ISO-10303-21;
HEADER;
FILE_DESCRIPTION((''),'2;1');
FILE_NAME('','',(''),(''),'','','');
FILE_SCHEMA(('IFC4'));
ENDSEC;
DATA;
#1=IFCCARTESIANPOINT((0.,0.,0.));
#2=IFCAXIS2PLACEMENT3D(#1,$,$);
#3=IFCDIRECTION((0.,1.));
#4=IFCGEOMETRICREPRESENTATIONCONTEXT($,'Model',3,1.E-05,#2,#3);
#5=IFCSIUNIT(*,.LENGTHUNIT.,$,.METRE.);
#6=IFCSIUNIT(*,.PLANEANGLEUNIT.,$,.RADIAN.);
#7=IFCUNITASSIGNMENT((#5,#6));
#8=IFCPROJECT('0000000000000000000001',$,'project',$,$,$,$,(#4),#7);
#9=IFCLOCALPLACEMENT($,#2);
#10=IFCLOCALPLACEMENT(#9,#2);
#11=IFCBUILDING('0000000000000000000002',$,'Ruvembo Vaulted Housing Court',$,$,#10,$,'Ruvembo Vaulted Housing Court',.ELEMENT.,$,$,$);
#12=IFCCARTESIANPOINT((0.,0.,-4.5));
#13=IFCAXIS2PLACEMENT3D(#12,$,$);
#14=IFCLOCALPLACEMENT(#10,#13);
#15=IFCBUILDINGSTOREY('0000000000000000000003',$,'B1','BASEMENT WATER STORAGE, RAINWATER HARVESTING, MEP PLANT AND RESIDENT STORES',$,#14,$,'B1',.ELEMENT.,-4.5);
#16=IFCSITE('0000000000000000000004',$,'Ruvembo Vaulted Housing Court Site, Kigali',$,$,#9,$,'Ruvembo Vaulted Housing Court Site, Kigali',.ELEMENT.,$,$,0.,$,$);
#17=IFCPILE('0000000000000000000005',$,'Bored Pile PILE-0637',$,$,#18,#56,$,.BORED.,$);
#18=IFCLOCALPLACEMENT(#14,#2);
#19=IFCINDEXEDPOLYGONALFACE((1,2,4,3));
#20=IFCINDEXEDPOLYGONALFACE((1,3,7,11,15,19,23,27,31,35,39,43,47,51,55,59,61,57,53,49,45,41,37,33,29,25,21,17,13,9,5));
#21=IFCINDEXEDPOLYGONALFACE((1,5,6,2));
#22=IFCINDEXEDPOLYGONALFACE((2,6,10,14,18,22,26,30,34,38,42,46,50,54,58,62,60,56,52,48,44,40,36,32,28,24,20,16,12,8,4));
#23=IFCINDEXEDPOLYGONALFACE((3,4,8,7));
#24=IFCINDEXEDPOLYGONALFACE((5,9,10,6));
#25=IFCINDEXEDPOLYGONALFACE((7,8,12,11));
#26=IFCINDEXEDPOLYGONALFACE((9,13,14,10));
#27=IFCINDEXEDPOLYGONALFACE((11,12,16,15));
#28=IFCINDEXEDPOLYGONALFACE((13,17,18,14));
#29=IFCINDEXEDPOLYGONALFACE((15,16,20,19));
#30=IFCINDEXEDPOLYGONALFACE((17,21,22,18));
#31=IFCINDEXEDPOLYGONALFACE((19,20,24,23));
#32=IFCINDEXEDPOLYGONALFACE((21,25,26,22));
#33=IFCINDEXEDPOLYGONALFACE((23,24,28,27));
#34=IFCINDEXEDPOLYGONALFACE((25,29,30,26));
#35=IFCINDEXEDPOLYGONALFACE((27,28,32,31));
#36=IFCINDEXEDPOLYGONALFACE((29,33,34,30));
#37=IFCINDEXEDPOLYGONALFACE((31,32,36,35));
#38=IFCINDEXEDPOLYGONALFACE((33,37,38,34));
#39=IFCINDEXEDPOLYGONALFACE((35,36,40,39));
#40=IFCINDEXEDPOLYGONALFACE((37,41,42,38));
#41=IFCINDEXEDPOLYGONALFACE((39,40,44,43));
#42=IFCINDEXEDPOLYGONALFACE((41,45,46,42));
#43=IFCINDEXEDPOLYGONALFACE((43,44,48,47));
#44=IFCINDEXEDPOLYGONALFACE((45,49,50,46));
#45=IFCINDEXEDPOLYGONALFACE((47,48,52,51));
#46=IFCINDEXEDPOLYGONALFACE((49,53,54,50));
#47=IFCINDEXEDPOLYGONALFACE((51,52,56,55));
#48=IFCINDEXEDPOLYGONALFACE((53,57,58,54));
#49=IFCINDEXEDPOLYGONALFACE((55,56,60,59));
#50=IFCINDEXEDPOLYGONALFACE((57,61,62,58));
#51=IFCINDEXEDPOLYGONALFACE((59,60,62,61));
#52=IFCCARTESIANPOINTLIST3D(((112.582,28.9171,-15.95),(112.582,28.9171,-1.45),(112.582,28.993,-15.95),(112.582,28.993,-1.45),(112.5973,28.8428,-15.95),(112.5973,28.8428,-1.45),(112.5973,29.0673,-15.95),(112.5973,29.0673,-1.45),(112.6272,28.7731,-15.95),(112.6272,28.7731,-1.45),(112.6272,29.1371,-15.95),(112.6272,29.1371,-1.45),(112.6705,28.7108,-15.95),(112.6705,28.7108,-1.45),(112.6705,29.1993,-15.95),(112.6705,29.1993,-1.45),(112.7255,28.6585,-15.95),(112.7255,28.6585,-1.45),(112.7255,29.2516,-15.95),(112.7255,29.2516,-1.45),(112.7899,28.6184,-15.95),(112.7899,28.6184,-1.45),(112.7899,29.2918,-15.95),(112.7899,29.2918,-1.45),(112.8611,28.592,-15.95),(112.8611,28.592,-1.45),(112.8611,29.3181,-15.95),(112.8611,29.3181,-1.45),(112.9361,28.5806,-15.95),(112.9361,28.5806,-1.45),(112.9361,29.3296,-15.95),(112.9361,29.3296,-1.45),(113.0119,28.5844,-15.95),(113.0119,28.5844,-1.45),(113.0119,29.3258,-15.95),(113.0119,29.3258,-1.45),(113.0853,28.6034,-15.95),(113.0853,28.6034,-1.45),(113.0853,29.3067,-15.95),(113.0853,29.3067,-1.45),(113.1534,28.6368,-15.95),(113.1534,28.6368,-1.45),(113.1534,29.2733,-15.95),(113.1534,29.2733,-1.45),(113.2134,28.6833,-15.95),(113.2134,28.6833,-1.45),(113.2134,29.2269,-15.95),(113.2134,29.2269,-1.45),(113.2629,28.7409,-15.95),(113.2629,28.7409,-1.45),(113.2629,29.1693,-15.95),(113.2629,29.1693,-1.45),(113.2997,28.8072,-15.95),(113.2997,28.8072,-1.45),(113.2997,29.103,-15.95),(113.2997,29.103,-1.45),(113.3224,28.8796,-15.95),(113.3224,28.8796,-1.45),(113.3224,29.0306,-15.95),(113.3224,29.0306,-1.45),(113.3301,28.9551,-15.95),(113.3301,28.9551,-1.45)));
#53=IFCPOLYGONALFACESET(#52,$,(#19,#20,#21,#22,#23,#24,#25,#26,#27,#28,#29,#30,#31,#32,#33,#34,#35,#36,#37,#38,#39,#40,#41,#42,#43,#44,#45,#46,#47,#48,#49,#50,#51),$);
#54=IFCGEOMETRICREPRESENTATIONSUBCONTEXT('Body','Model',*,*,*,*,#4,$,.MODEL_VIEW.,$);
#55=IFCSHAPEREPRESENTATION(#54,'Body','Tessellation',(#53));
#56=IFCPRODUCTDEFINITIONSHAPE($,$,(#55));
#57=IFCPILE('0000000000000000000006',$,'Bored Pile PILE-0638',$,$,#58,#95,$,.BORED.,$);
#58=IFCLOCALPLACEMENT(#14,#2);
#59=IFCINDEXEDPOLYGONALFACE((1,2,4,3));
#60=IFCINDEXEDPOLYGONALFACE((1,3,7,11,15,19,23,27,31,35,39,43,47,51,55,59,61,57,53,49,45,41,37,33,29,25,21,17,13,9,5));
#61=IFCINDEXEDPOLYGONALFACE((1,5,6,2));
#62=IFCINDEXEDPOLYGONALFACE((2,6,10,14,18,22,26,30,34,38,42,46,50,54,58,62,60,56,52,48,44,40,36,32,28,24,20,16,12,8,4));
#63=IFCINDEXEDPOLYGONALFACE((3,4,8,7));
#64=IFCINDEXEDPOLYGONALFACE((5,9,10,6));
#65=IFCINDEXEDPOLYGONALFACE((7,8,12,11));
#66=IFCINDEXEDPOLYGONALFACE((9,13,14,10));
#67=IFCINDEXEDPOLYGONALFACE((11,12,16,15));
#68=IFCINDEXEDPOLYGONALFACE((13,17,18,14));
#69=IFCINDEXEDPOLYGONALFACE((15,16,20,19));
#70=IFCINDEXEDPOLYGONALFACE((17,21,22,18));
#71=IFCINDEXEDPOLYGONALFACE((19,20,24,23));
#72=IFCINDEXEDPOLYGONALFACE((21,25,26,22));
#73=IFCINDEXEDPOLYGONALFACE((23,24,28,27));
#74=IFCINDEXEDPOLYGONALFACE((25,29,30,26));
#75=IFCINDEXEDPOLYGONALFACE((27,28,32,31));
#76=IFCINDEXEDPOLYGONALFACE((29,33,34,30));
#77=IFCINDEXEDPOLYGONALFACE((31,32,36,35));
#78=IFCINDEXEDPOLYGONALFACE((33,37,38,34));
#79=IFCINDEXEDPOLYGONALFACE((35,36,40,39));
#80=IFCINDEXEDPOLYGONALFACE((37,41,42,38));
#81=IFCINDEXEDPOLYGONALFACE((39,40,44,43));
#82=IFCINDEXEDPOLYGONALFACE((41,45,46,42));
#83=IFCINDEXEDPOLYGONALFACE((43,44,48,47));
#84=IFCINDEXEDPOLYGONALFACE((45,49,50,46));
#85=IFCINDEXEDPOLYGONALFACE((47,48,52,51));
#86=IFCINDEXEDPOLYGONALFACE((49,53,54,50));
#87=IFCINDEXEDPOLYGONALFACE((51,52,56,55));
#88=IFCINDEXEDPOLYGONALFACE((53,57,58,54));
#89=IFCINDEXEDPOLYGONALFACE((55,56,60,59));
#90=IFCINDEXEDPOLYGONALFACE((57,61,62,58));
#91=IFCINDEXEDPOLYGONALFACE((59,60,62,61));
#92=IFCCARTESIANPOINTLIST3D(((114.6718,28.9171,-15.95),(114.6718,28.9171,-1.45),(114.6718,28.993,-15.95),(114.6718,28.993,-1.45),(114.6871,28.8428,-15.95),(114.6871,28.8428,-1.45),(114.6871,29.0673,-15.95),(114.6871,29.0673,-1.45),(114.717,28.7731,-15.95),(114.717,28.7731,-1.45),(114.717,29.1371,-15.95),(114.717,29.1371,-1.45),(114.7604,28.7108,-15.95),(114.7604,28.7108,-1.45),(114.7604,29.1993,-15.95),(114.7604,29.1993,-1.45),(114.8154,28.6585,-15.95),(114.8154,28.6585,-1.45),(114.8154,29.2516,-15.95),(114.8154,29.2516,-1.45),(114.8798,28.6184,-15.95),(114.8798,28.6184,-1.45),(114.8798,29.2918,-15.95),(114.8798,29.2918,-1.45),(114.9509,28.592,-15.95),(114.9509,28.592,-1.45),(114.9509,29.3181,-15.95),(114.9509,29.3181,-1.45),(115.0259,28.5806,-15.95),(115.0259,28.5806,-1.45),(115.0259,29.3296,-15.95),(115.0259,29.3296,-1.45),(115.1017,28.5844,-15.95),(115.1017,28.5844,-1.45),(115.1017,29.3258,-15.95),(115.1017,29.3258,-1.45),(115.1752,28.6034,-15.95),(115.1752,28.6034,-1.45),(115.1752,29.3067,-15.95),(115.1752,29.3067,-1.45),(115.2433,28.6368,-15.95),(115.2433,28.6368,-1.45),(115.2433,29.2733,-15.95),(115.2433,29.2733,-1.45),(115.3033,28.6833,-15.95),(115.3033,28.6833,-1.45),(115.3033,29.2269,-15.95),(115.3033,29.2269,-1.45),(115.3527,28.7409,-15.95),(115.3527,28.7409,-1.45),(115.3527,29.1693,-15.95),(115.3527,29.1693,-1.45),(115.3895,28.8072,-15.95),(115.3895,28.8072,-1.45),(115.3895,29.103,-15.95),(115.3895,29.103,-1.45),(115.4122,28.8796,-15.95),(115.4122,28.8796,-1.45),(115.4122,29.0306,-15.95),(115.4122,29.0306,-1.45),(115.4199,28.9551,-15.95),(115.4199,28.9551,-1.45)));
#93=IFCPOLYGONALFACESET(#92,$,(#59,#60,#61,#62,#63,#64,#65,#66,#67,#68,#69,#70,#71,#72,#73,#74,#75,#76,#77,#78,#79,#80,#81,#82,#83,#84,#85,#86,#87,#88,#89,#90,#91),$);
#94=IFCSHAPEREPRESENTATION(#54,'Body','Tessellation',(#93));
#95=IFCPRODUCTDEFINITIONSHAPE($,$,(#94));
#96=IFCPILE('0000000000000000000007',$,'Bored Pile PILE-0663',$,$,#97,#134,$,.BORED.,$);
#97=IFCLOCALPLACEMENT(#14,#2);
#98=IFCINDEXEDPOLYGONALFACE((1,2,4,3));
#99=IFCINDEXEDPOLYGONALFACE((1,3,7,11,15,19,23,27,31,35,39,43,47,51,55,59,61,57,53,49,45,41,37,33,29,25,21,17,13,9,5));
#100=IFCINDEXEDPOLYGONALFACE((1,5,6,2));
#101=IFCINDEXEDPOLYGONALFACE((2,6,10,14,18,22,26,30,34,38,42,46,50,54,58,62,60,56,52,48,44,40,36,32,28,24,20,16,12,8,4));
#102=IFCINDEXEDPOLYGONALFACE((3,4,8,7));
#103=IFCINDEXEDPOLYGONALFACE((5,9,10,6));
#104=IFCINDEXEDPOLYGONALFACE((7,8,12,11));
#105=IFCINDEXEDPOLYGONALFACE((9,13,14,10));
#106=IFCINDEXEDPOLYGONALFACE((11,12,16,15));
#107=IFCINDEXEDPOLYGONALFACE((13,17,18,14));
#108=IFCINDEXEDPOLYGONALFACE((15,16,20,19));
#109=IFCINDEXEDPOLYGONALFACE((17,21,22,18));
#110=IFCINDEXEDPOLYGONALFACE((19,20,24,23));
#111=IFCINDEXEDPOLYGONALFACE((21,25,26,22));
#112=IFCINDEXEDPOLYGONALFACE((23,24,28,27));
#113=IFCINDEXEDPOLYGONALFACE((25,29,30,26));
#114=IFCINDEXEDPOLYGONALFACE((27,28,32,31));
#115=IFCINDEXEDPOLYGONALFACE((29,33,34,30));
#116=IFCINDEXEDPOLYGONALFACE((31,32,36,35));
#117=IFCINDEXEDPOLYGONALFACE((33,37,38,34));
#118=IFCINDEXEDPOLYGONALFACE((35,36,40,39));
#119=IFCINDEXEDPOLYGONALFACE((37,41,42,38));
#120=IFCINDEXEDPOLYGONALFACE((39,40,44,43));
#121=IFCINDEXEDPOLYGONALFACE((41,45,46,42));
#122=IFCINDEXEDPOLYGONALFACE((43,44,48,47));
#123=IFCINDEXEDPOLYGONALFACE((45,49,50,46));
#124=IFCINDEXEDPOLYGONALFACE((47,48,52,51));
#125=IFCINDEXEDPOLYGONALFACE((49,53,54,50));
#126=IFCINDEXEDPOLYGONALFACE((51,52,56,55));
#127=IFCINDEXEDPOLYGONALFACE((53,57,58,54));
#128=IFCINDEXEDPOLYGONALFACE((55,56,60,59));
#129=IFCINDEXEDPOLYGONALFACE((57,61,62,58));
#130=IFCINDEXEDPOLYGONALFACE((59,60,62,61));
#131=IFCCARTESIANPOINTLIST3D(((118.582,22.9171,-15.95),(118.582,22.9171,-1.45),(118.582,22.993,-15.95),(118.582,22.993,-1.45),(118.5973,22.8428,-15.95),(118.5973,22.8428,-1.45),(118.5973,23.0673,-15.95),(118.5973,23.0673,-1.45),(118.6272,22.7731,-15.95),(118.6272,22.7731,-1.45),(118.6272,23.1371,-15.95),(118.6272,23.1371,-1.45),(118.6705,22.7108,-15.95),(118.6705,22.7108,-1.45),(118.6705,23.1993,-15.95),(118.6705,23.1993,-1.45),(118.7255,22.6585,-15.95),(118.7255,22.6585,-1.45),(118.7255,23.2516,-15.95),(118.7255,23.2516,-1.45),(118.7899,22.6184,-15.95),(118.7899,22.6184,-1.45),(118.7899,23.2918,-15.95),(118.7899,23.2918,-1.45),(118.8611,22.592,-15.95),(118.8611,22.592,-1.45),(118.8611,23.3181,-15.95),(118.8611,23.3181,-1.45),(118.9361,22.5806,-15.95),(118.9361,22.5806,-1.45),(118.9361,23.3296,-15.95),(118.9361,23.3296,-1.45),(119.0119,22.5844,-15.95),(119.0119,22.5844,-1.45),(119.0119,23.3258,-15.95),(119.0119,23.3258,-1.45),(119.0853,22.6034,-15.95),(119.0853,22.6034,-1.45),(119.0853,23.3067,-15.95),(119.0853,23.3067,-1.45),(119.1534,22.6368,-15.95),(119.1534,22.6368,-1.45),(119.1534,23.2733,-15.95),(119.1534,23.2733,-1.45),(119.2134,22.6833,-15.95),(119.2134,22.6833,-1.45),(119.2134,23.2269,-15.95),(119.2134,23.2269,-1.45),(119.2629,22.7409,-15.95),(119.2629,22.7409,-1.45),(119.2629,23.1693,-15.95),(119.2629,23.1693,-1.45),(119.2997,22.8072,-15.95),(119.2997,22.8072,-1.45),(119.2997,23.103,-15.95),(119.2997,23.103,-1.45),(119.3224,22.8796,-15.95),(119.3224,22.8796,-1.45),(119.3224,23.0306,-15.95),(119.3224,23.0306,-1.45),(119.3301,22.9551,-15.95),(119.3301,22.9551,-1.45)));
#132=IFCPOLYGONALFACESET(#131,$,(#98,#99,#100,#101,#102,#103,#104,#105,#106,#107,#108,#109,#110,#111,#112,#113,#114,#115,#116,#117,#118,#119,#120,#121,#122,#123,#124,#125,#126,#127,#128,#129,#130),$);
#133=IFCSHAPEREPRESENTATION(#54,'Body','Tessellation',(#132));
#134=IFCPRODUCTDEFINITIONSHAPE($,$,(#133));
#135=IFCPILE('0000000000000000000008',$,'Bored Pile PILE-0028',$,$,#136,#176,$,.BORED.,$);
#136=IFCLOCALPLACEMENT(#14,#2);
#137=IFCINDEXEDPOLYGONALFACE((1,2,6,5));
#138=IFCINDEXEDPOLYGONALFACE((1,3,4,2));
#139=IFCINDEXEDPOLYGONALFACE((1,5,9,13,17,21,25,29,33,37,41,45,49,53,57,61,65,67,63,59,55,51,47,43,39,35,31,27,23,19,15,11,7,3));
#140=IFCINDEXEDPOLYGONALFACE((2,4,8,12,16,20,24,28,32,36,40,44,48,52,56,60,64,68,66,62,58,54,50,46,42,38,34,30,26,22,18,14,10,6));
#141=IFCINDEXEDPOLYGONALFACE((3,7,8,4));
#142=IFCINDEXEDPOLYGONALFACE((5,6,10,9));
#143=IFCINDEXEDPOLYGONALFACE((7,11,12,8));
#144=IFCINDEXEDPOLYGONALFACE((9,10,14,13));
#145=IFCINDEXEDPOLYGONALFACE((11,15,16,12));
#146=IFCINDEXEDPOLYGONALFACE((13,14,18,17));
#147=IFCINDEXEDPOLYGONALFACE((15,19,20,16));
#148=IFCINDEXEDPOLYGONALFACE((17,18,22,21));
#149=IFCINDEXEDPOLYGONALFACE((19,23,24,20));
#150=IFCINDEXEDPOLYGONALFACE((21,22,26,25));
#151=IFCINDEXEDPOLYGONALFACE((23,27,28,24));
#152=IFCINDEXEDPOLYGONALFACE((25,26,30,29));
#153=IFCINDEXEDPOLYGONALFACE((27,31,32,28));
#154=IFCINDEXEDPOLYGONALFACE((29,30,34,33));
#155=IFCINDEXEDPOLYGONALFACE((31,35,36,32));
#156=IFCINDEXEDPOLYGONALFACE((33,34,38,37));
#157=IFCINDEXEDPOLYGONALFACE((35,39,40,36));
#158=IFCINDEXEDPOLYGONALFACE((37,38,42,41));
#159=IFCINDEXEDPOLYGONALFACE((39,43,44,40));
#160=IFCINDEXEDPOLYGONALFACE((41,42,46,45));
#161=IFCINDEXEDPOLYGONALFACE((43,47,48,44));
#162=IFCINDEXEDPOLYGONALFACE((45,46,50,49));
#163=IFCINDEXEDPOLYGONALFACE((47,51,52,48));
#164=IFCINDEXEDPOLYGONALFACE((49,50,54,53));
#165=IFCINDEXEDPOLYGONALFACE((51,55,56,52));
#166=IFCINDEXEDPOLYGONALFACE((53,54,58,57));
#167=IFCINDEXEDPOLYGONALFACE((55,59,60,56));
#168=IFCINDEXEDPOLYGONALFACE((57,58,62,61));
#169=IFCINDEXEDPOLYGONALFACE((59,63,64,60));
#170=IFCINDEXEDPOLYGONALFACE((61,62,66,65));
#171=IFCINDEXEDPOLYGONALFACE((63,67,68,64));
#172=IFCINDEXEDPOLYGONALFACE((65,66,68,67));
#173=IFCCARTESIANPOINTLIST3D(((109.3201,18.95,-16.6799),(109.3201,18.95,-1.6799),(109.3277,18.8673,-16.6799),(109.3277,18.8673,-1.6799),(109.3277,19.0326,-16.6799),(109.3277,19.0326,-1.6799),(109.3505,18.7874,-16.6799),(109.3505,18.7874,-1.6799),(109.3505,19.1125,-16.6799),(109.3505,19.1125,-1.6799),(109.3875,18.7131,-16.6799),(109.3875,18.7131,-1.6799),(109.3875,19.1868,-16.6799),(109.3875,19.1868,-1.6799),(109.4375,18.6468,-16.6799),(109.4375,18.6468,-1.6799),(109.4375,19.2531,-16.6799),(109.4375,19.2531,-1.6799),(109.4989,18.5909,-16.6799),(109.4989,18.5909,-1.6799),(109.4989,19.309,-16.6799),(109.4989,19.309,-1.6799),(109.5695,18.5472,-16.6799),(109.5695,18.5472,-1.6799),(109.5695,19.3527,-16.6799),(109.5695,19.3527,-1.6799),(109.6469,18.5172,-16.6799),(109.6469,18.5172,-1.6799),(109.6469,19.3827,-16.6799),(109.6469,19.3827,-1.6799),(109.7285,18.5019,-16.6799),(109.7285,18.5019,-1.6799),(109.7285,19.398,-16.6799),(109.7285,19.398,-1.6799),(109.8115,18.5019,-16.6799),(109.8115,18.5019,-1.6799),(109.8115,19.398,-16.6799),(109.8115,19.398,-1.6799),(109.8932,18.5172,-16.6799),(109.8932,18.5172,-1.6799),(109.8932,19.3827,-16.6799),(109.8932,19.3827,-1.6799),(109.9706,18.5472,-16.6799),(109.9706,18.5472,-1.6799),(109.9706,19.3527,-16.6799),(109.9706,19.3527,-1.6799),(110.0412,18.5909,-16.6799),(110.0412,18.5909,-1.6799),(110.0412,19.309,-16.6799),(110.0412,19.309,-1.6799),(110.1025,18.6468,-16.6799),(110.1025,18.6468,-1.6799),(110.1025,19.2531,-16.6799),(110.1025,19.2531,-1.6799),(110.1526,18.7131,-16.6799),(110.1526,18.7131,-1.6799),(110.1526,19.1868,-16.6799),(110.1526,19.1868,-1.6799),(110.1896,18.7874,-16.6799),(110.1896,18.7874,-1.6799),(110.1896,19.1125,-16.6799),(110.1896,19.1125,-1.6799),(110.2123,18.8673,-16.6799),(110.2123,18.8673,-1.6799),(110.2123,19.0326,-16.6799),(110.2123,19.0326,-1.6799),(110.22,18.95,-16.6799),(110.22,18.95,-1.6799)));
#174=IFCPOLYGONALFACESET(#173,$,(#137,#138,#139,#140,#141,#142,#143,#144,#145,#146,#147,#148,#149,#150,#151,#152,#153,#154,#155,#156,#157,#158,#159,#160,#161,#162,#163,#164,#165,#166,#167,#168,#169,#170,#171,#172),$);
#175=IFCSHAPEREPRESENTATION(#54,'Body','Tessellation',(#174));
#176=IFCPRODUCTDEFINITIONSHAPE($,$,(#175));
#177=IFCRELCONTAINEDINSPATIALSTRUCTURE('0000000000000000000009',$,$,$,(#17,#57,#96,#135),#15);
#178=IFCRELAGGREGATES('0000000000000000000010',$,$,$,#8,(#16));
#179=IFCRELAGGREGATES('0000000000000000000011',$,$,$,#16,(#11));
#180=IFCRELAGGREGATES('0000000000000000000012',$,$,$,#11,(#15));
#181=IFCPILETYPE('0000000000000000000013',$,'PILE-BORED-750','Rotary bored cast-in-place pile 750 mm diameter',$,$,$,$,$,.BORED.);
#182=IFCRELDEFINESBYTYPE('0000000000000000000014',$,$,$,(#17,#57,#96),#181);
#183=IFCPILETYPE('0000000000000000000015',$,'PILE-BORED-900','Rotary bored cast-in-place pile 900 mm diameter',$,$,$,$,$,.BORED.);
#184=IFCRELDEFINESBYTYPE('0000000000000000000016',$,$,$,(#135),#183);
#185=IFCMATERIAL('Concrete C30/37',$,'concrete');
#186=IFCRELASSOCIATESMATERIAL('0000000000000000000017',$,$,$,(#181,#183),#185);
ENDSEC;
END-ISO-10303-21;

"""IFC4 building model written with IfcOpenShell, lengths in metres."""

from ifc_helpers import new_model, si_unit, direction, frame, origin, origin_2d, place, context, subcontext, project, spatial, circle, extrude, material, material_profile, profile_set, type_object, element, save


model = new_model("IFC4")

# Units and contexts
model_context = context("Model", 3, precision=1e-05, world=origin(), true_north=direction((0.0, 1.0)))
body_context = subcontext(model_context, "Body", "Model", "MODEL_VIEW")
ifc_project = project(units=[si_unit("LENGTHUNIT", "METRE"), si_unit("PLANEANGLEUNIT", "RADIAN")], contexts=[model_context])

# Site, building, storey
site_placement = place(None, origin())
site = spatial("IfcSite", under=ifc_project, at=site_placement, Name="Ruvembo Vaulted Housing Court Site, Kigali", LongName="Ruvembo Vaulted Housing Court Site, Kigali", CompositionType="ELEMENT", RefElevation=0.0)
building_placement = place(site_placement, origin())
building = spatial("IfcBuilding", under=site, at=building_placement, Name="Ruvembo Vaulted Housing Court", LongName="Ruvembo Vaulted Housing Court", CompositionType="ELEMENT")
storey_placement = place(building_placement, frame((0.0, 0.0, -4.5)))
storey = spatial("IfcBuildingStorey", under=building, at=storey_placement, Name="B1", Description="BASEMENT WATER STORAGE, RAINWATER HARVESTING, MEP PLANT AND RESIDENT STORES", LongName="B1", CompositionType="ELEMENT", Elevation=-4.5)

# Piles
ifc_material_1 = material(Name="Concrete C30/37", Category="concrete")
ifc_material_profile_1 = material_profile(ifc_material_1, circle(Radius=0.375, at=origin_2d()), Name="PILE D750")
ifc_profile_set_1 = profile_set([ifc_material_profile_1], Name="Concrete C30/37")
pile_type_1 = type_object("IfcPileType", Name="PILE-BORED-750", Description="Rotary bored cast-in-place pile 750 mm diameter", PredefinedType="BORED", material=ifc_profile_set_1)
for number, where, z_axis, x_axis, name in (
    (1, (112.9551, 28.9551, -1.45), (0.0, 0.0, -1.0), (1.0, 0.0, 0.0), "Bored Pile PILE-0637"),
    (2, (115.0449, 28.9551, -1.45), (0.0, 0.0, -1.0), (1.0, 0.0, 0.0), "Bored Pile PILE-0638"),
    (3, (118.9551, 22.9551, -1.45), (0.0, 0.0, -1.0), (1.0, 0.0, 0.0), "Bored Pile PILE-0663"),
):
    element("IfcPile", number, at=place(storey_placement, frame(where, z_axis=z_axis, x_axis=x_axis)), inside=storey, type_object=pile_type_1, Name=name, PredefinedType="BORED", context=body_context, shape_type="SweptSolid", body=[
        extrude(circle(Radius=0.375, at=origin_2d()), origin(), (0.0, 0.0, 1.0), 14.5),
    ])
ifc_material_profile_2 = material_profile(ifc_material_1, circle(Radius=0.45, at=origin_2d()), Name="PILE D900")
ifc_profile_set_2 = profile_set([ifc_material_profile_2], Name="Concrete C30/37")
pile_type_2 = type_object("IfcPileType", Name="PILE-BORED-900", Description="Rotary bored cast-in-place pile 900 mm diameter", PredefinedType="BORED", material=ifc_profile_set_2)
for number, where, z_axis, x_axis, name in (
    (4, (109.77, 18.95, -1.6799), (0.0, 0.0, -1.0), (1.0, 0.0, 0.0), "Bored Pile PILE-0028"),
):
    element("IfcPile", number, at=place(storey_placement, frame(where, z_axis=z_axis, x_axis=x_axis)), inside=storey, type_object=pile_type_2, Name=name, PredefinedType="BORED", context=body_context, shape_type="SweptSolid", body=[
        extrude(circle(Radius=0.45, at=origin_2d()), origin(), (0.0, 0.0, 1.0), 15.0),
    ])

save(model, "model.ifc")
